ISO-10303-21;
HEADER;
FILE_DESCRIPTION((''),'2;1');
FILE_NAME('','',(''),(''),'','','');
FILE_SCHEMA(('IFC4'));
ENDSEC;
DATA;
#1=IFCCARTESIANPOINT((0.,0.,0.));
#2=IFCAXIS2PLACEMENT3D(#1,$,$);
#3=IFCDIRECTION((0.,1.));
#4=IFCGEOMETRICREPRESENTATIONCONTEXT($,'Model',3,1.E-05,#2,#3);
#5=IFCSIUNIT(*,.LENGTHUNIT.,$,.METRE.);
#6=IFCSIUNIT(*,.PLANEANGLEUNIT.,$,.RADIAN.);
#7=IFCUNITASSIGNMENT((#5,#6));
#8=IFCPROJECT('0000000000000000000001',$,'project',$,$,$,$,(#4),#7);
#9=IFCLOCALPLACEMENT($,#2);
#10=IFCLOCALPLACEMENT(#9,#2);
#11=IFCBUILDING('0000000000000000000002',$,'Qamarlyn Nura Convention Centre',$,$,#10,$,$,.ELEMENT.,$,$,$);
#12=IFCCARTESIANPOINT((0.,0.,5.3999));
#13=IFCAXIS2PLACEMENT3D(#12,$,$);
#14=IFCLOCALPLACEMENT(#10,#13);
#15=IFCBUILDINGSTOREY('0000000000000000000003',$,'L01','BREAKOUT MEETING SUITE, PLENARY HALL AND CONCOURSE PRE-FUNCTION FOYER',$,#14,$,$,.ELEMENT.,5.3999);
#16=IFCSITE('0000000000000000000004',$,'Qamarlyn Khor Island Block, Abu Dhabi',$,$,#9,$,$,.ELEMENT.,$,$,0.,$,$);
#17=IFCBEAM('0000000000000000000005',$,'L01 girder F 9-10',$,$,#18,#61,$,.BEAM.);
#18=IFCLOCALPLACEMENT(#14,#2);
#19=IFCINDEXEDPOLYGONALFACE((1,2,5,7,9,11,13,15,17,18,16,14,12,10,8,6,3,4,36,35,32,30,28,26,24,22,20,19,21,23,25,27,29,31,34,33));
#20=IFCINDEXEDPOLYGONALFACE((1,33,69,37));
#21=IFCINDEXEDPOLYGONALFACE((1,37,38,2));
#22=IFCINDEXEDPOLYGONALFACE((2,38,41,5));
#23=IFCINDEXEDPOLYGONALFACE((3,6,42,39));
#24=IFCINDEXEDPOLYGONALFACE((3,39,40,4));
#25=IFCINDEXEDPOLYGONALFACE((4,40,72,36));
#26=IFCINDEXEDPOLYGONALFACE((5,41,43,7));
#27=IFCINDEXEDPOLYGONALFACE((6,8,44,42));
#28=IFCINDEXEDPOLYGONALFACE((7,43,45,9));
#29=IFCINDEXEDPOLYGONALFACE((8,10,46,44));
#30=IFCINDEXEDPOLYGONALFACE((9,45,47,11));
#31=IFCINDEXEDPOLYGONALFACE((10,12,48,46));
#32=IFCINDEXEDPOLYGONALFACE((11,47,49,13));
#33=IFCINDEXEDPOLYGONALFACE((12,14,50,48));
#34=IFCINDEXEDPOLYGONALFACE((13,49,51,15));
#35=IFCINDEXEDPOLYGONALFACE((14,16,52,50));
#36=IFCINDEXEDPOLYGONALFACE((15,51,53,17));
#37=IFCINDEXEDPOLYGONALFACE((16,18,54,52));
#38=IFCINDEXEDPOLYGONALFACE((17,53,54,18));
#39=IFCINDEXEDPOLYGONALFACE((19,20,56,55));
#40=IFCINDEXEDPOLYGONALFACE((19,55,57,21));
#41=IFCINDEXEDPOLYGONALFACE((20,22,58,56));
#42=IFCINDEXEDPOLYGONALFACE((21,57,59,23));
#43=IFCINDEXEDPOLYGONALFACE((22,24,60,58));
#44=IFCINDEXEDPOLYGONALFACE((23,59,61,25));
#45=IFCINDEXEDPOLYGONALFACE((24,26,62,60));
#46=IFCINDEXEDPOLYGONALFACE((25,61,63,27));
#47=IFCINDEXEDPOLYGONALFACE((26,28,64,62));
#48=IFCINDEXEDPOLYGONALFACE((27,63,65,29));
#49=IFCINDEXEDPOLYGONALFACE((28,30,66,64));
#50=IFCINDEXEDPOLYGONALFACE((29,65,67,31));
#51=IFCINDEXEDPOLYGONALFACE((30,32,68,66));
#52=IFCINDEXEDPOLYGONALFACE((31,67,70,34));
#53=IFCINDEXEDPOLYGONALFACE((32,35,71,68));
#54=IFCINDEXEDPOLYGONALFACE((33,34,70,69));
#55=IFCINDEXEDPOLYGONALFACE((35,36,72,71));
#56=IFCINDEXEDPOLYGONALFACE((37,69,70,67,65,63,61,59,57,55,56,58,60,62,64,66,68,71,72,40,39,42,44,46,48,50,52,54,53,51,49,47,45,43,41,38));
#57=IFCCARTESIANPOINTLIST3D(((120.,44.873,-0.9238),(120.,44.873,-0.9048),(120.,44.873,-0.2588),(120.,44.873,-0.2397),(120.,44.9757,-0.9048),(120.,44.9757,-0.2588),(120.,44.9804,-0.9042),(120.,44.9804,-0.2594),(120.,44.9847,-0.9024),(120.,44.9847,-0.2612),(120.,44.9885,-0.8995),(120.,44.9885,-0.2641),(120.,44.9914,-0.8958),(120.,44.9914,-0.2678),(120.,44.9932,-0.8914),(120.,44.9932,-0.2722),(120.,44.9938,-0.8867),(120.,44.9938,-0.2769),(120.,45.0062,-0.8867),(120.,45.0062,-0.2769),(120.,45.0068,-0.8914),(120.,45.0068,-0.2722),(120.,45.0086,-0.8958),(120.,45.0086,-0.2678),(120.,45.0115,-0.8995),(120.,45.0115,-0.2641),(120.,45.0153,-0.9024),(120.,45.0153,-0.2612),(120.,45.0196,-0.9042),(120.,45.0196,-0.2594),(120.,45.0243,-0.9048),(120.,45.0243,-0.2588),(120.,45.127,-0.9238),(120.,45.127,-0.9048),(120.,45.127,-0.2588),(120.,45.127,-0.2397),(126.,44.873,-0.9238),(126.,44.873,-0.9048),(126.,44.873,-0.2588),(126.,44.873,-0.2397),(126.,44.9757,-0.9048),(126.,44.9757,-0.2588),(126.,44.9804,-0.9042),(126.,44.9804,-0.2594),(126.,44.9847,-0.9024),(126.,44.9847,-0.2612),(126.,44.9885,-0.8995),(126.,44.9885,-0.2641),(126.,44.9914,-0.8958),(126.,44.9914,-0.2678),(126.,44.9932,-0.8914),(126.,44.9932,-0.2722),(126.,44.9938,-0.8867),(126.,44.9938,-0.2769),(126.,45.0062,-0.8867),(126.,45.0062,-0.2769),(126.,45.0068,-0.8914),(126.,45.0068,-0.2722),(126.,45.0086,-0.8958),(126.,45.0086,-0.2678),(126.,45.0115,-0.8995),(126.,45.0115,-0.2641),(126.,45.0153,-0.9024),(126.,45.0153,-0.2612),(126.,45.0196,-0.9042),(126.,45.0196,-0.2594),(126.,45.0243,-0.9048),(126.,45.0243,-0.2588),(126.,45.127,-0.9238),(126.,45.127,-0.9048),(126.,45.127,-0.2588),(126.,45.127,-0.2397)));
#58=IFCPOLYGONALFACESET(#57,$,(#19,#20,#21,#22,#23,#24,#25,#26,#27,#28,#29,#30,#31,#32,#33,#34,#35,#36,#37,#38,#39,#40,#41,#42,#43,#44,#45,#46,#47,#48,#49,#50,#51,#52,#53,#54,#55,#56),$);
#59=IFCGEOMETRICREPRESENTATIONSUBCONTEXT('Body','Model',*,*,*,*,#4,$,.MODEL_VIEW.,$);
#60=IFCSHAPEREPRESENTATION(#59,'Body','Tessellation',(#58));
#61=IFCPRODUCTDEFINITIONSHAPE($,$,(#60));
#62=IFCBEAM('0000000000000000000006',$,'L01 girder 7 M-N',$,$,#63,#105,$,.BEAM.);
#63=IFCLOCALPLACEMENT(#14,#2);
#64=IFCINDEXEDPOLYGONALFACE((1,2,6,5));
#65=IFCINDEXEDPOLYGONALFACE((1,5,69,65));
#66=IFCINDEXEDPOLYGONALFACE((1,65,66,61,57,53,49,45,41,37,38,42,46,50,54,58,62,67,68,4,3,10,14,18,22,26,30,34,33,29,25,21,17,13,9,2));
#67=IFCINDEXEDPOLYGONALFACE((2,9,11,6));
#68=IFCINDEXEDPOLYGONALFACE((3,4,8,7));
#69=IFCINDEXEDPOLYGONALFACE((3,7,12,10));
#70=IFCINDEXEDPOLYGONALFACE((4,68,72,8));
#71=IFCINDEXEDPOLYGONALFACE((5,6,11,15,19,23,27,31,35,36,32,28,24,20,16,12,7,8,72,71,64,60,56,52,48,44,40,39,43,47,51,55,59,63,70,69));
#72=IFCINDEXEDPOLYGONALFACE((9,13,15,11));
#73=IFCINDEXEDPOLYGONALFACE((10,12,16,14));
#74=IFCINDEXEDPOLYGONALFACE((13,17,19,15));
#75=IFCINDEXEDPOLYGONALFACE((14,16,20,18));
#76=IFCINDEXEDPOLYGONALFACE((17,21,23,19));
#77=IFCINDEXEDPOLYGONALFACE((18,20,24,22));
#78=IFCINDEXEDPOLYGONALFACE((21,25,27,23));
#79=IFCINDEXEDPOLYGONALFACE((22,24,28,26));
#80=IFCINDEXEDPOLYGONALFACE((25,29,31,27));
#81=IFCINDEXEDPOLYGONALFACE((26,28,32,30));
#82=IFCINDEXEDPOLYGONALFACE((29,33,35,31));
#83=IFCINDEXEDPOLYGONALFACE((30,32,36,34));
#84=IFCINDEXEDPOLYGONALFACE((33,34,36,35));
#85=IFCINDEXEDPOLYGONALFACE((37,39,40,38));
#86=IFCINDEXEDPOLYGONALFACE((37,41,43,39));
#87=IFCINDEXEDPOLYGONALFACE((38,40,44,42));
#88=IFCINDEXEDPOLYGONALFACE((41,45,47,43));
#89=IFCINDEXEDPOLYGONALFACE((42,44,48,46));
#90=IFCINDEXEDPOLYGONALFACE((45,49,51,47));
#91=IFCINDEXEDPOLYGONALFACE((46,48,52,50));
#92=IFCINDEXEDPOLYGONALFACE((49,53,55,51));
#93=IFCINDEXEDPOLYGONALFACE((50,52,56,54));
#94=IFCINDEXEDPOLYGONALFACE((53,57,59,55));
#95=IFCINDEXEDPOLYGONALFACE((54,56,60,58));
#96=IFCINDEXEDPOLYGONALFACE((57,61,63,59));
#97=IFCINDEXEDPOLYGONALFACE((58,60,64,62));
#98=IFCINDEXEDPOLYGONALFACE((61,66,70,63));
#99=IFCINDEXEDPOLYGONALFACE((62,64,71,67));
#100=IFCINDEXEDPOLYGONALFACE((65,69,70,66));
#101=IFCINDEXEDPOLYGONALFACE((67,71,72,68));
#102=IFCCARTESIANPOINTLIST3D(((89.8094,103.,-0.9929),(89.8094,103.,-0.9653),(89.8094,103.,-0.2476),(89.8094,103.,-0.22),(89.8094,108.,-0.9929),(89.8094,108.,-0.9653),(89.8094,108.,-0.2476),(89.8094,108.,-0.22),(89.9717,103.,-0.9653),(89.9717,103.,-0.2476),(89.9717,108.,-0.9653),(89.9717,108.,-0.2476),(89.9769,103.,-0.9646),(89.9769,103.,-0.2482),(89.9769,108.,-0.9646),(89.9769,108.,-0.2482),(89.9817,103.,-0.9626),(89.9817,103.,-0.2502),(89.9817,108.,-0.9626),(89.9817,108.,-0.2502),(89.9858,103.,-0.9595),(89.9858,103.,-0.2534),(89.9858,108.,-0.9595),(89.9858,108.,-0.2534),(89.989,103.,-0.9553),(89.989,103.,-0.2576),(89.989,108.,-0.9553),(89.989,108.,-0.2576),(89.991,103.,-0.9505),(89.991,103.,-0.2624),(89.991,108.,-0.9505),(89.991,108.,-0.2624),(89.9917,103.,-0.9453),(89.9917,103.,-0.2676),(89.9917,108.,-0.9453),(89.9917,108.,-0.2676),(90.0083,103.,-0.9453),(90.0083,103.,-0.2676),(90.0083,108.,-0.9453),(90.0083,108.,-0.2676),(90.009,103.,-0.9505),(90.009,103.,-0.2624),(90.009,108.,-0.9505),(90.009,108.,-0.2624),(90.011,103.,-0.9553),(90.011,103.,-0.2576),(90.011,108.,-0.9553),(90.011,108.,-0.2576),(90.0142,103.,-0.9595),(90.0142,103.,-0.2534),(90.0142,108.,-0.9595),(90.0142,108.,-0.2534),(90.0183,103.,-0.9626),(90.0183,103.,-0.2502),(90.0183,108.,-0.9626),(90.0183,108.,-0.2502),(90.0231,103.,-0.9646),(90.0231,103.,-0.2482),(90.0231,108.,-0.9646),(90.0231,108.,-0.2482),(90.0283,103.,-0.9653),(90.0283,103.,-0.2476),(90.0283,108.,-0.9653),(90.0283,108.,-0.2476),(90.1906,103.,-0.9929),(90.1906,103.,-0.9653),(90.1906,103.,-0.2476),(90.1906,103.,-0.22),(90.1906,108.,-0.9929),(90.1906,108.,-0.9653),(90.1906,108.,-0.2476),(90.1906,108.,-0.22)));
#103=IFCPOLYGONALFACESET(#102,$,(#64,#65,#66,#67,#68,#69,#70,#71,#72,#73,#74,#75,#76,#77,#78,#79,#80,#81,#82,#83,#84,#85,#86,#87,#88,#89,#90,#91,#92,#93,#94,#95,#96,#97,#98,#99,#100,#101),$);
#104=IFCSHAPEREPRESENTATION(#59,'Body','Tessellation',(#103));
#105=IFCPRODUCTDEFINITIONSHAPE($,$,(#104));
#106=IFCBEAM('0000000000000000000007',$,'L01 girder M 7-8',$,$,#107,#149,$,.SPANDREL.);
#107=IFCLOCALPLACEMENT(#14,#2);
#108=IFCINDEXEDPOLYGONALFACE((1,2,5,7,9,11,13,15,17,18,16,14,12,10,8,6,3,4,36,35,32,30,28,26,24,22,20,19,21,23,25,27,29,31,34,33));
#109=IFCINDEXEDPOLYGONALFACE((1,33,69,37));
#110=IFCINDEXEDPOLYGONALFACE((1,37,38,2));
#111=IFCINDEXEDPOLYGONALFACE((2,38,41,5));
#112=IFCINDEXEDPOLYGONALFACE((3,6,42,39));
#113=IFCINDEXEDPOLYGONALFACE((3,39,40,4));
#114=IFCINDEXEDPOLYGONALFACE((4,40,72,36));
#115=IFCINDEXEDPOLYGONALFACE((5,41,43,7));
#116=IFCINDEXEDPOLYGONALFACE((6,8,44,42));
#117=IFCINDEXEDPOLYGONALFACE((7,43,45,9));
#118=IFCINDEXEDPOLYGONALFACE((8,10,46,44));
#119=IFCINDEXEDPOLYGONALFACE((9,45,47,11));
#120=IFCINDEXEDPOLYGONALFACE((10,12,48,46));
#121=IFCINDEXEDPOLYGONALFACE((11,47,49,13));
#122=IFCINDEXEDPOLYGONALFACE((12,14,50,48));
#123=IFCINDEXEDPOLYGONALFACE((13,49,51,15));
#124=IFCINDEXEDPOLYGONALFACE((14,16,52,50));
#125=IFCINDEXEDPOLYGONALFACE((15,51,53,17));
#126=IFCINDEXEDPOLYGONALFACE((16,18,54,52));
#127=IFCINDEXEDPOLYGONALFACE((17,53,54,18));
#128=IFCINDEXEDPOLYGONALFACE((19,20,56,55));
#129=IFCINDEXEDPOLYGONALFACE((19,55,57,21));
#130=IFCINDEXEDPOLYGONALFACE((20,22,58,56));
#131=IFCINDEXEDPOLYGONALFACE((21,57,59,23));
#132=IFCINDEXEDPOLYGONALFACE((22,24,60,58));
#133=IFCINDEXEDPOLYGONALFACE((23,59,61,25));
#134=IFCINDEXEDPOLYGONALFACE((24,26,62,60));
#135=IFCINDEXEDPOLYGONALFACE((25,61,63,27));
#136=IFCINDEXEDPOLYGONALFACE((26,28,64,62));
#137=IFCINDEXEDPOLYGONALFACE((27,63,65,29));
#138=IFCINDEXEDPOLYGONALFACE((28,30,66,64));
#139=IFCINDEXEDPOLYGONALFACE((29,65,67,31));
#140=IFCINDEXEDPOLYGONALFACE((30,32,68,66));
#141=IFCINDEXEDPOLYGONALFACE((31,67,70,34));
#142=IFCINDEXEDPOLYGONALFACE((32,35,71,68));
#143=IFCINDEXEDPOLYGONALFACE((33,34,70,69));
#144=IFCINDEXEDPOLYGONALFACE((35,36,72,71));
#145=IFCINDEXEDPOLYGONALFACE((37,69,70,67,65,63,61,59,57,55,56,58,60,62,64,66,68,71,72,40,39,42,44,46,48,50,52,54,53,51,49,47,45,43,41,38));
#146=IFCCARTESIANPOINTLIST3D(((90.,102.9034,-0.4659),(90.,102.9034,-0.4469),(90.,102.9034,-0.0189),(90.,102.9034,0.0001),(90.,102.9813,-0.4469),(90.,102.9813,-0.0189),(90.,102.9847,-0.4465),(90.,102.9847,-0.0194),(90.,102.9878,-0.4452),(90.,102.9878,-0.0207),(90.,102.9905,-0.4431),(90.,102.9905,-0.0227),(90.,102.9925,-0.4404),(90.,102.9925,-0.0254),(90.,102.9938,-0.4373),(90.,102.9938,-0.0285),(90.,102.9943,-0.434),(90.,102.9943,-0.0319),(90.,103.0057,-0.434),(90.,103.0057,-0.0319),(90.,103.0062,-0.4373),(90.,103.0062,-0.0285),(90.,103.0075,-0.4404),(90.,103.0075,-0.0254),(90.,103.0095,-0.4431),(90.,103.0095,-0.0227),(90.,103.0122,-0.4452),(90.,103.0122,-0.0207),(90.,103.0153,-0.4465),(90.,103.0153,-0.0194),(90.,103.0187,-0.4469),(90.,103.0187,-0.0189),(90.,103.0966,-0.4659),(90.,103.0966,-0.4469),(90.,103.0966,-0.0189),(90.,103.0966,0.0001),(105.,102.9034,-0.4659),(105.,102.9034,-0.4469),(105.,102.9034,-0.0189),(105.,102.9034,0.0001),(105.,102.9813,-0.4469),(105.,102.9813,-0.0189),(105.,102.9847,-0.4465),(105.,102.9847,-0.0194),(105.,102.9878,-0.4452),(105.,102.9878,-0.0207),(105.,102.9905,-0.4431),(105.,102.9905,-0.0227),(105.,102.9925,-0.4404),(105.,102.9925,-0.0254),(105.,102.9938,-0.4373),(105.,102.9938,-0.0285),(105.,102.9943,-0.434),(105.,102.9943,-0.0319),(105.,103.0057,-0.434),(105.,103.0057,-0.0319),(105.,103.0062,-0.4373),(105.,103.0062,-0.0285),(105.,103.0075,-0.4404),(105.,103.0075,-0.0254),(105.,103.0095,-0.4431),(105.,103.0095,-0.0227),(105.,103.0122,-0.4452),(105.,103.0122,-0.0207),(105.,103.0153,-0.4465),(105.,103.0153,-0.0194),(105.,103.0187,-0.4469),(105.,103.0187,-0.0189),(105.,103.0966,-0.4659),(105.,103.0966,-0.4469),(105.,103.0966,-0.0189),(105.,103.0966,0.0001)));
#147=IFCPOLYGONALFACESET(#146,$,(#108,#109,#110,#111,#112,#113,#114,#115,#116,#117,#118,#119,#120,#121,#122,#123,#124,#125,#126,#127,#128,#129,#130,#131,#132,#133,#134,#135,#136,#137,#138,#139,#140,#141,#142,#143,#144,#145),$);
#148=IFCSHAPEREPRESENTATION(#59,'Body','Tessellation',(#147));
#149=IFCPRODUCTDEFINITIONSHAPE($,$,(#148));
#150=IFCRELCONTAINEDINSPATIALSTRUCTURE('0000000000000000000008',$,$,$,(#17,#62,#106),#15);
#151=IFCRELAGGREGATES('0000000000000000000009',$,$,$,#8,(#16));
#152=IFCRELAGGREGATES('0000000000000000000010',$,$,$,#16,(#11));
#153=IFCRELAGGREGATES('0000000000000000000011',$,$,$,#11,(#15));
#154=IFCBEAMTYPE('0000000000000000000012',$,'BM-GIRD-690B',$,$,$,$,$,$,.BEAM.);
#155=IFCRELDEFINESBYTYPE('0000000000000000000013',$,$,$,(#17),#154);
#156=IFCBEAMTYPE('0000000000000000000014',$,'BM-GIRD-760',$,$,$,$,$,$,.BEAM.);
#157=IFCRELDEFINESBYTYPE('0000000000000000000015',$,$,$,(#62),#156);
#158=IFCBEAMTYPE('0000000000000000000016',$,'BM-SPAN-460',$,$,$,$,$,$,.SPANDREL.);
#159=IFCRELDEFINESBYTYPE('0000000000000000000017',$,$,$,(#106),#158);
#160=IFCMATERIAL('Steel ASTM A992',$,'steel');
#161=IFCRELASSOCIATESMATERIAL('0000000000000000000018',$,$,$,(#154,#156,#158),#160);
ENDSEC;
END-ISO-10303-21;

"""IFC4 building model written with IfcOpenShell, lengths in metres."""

from ifc_helpers import new_model, si_unit, direction, frame, origin, origin_2d, place, context, subcontext, project, spatial, i_section, extrude, material, material_profile, profile_set, type_object, element, save


model = new_model("IFC4")

# Units and contexts
model_context = context("Model", 3, precision=1e-05, world=origin(), true_north=direction((0.0, 1.0)))
body_context = subcontext(model_context, "Body", "Model", "MODEL_VIEW")
ifc_project = project(units=[si_unit("LENGTHUNIT", "METRE"), si_unit("PLANEANGLEUNIT", "RADIAN")], contexts=[model_context])

# Site, building, storey
site_placement = place(None, origin())
site = spatial("IfcSite", under=ifc_project, at=site_placement, Name="Qamarlyn Khor Island Block, Abu Dhabi", CompositionType="ELEMENT", RefElevation=0.0)
building_placement = place(site_placement, origin())
building = spatial("IfcBuilding", under=site, at=building_placement, Name="Qamarlyn Nura Convention Centre", CompositionType="ELEMENT")
storey_placement = place(building_placement, frame((0.0, 0.0, 5.3999)))
storey = spatial("IfcBuildingStorey", under=building, at=storey_placement, Name="L01", Description="BREAKOUT MEETING SUITE, PLENARY HALL AND CONCOURSE PRE-FUNCTION FOYER", CompositionType="ELEMENT", Elevation=5.3999)

# Shared definitions
ifc_material_1 = material(Name="Steel ASTM A992", Category="steel")

# Beams
ifc_material_profile_1 = material_profile(ifc_material_1, i_section(OverallWidth=0.2539, OverallDepth=0.6841, WebThickness=0.0125, FlangeThickness=0.019, FilletRadius=0.0181, at=origin_2d()), Name="W690X140")
ifc_profile_set_1 = profile_set([ifc_material_profile_1], Name="Steel ASTM A992")
beam_type_1 = type_object("IfcBeamType", Name="BM-GIRD-690B", PredefinedType="BEAM", material=ifc_profile_set_1)
beam_1_placement = place(storey_placement, frame((120.0, 45.0, -0.5818), z_axis=(1.0, 0.0, 0.0), x_axis=(0.0, 1.0, 0.0)))
element("IfcBeam", 1, at=beam_1_placement, inside=storey, type_object=beam_type_1, Name="L01 girder F 9-10", PredefinedType="BEAM", context=body_context, shape_type="SweptSolid", body=[
    extrude(i_section(OverallWidth=0.2539, OverallDepth=0.6841, WebThickness=0.0125, FlangeThickness=0.019, FilletRadius=0.0181, at=origin_2d()), origin(), (0.0, 0.0, 1.0), 6.0),
])
ifc_material_profile_2 = material_profile(ifc_material_1, i_section(OverallWidth=0.3811, OverallDepth=0.7729, WebThickness=0.0166, FlangeThickness=0.0276, FilletRadius=0.02, at=origin_2d()), Name="W760X257")
ifc_profile_set_2 = profile_set([ifc_material_profile_2], Name="Steel ASTM A992")
beam_type_2 = type_object("IfcBeamType", Name="BM-GIRD-760", PredefinedType="BEAM", material=ifc_profile_set_2)
beam_2_placement = place(storey_placement, frame((90.0, 103.0, -0.6064), z_axis=(0.0, 1.0, 0.0), x_axis=(-1.0, 0.0, 0.0)))
element("IfcBeam", 2, at=beam_2_placement, inside=storey, type_object=beam_type_2, Name="L01 girder 7 M-N", PredefinedType="BEAM", context=body_context, shape_type="SweptSolid", body=[
    extrude(i_section(OverallWidth=0.3811, OverallDepth=0.7729, WebThickness=0.0166, FlangeThickness=0.0276, FilletRadius=0.02, at=origin_2d()), origin(), (0.0, 0.0, 1.0), 5.0),
])
ifc_material_profile_3 = material_profile(ifc_material_1, i_section(OverallWidth=0.1931, OverallDepth=0.4661, WebThickness=0.0115, FlangeThickness=0.019, FilletRadius=0.0129, at=origin_2d()), Name="W460X97")
ifc_profile_set_3 = profile_set([ifc_material_profile_3], Name="Steel ASTM A992")
beam_type_3 = type_object("IfcBeamType", Name="BM-SPAN-460", PredefinedType="SPANDREL", material=ifc_profile_set_3)
beam_3_placement = place(storey_placement, frame((90.0, 103.0, -0.2329), z_axis=(1.0, 0.0, 0.0), x_axis=(0.0, 1.0, 0.0)))
element("IfcBeam", 3, at=beam_3_placement, inside=storey, type_object=beam_type_3, Name="L01 girder M 7-8", PredefinedType="SPANDREL", context=body_context, shape_type="SweptSolid", body=[
    extrude(i_section(OverallWidth=0.1931, OverallDepth=0.4661, WebThickness=0.0115, FlangeThickness=0.019, FilletRadius=0.0129, at=origin_2d()), origin(), (0.0, 0.0, 1.0), 15.0),
])

save(model, "model.ifc")
